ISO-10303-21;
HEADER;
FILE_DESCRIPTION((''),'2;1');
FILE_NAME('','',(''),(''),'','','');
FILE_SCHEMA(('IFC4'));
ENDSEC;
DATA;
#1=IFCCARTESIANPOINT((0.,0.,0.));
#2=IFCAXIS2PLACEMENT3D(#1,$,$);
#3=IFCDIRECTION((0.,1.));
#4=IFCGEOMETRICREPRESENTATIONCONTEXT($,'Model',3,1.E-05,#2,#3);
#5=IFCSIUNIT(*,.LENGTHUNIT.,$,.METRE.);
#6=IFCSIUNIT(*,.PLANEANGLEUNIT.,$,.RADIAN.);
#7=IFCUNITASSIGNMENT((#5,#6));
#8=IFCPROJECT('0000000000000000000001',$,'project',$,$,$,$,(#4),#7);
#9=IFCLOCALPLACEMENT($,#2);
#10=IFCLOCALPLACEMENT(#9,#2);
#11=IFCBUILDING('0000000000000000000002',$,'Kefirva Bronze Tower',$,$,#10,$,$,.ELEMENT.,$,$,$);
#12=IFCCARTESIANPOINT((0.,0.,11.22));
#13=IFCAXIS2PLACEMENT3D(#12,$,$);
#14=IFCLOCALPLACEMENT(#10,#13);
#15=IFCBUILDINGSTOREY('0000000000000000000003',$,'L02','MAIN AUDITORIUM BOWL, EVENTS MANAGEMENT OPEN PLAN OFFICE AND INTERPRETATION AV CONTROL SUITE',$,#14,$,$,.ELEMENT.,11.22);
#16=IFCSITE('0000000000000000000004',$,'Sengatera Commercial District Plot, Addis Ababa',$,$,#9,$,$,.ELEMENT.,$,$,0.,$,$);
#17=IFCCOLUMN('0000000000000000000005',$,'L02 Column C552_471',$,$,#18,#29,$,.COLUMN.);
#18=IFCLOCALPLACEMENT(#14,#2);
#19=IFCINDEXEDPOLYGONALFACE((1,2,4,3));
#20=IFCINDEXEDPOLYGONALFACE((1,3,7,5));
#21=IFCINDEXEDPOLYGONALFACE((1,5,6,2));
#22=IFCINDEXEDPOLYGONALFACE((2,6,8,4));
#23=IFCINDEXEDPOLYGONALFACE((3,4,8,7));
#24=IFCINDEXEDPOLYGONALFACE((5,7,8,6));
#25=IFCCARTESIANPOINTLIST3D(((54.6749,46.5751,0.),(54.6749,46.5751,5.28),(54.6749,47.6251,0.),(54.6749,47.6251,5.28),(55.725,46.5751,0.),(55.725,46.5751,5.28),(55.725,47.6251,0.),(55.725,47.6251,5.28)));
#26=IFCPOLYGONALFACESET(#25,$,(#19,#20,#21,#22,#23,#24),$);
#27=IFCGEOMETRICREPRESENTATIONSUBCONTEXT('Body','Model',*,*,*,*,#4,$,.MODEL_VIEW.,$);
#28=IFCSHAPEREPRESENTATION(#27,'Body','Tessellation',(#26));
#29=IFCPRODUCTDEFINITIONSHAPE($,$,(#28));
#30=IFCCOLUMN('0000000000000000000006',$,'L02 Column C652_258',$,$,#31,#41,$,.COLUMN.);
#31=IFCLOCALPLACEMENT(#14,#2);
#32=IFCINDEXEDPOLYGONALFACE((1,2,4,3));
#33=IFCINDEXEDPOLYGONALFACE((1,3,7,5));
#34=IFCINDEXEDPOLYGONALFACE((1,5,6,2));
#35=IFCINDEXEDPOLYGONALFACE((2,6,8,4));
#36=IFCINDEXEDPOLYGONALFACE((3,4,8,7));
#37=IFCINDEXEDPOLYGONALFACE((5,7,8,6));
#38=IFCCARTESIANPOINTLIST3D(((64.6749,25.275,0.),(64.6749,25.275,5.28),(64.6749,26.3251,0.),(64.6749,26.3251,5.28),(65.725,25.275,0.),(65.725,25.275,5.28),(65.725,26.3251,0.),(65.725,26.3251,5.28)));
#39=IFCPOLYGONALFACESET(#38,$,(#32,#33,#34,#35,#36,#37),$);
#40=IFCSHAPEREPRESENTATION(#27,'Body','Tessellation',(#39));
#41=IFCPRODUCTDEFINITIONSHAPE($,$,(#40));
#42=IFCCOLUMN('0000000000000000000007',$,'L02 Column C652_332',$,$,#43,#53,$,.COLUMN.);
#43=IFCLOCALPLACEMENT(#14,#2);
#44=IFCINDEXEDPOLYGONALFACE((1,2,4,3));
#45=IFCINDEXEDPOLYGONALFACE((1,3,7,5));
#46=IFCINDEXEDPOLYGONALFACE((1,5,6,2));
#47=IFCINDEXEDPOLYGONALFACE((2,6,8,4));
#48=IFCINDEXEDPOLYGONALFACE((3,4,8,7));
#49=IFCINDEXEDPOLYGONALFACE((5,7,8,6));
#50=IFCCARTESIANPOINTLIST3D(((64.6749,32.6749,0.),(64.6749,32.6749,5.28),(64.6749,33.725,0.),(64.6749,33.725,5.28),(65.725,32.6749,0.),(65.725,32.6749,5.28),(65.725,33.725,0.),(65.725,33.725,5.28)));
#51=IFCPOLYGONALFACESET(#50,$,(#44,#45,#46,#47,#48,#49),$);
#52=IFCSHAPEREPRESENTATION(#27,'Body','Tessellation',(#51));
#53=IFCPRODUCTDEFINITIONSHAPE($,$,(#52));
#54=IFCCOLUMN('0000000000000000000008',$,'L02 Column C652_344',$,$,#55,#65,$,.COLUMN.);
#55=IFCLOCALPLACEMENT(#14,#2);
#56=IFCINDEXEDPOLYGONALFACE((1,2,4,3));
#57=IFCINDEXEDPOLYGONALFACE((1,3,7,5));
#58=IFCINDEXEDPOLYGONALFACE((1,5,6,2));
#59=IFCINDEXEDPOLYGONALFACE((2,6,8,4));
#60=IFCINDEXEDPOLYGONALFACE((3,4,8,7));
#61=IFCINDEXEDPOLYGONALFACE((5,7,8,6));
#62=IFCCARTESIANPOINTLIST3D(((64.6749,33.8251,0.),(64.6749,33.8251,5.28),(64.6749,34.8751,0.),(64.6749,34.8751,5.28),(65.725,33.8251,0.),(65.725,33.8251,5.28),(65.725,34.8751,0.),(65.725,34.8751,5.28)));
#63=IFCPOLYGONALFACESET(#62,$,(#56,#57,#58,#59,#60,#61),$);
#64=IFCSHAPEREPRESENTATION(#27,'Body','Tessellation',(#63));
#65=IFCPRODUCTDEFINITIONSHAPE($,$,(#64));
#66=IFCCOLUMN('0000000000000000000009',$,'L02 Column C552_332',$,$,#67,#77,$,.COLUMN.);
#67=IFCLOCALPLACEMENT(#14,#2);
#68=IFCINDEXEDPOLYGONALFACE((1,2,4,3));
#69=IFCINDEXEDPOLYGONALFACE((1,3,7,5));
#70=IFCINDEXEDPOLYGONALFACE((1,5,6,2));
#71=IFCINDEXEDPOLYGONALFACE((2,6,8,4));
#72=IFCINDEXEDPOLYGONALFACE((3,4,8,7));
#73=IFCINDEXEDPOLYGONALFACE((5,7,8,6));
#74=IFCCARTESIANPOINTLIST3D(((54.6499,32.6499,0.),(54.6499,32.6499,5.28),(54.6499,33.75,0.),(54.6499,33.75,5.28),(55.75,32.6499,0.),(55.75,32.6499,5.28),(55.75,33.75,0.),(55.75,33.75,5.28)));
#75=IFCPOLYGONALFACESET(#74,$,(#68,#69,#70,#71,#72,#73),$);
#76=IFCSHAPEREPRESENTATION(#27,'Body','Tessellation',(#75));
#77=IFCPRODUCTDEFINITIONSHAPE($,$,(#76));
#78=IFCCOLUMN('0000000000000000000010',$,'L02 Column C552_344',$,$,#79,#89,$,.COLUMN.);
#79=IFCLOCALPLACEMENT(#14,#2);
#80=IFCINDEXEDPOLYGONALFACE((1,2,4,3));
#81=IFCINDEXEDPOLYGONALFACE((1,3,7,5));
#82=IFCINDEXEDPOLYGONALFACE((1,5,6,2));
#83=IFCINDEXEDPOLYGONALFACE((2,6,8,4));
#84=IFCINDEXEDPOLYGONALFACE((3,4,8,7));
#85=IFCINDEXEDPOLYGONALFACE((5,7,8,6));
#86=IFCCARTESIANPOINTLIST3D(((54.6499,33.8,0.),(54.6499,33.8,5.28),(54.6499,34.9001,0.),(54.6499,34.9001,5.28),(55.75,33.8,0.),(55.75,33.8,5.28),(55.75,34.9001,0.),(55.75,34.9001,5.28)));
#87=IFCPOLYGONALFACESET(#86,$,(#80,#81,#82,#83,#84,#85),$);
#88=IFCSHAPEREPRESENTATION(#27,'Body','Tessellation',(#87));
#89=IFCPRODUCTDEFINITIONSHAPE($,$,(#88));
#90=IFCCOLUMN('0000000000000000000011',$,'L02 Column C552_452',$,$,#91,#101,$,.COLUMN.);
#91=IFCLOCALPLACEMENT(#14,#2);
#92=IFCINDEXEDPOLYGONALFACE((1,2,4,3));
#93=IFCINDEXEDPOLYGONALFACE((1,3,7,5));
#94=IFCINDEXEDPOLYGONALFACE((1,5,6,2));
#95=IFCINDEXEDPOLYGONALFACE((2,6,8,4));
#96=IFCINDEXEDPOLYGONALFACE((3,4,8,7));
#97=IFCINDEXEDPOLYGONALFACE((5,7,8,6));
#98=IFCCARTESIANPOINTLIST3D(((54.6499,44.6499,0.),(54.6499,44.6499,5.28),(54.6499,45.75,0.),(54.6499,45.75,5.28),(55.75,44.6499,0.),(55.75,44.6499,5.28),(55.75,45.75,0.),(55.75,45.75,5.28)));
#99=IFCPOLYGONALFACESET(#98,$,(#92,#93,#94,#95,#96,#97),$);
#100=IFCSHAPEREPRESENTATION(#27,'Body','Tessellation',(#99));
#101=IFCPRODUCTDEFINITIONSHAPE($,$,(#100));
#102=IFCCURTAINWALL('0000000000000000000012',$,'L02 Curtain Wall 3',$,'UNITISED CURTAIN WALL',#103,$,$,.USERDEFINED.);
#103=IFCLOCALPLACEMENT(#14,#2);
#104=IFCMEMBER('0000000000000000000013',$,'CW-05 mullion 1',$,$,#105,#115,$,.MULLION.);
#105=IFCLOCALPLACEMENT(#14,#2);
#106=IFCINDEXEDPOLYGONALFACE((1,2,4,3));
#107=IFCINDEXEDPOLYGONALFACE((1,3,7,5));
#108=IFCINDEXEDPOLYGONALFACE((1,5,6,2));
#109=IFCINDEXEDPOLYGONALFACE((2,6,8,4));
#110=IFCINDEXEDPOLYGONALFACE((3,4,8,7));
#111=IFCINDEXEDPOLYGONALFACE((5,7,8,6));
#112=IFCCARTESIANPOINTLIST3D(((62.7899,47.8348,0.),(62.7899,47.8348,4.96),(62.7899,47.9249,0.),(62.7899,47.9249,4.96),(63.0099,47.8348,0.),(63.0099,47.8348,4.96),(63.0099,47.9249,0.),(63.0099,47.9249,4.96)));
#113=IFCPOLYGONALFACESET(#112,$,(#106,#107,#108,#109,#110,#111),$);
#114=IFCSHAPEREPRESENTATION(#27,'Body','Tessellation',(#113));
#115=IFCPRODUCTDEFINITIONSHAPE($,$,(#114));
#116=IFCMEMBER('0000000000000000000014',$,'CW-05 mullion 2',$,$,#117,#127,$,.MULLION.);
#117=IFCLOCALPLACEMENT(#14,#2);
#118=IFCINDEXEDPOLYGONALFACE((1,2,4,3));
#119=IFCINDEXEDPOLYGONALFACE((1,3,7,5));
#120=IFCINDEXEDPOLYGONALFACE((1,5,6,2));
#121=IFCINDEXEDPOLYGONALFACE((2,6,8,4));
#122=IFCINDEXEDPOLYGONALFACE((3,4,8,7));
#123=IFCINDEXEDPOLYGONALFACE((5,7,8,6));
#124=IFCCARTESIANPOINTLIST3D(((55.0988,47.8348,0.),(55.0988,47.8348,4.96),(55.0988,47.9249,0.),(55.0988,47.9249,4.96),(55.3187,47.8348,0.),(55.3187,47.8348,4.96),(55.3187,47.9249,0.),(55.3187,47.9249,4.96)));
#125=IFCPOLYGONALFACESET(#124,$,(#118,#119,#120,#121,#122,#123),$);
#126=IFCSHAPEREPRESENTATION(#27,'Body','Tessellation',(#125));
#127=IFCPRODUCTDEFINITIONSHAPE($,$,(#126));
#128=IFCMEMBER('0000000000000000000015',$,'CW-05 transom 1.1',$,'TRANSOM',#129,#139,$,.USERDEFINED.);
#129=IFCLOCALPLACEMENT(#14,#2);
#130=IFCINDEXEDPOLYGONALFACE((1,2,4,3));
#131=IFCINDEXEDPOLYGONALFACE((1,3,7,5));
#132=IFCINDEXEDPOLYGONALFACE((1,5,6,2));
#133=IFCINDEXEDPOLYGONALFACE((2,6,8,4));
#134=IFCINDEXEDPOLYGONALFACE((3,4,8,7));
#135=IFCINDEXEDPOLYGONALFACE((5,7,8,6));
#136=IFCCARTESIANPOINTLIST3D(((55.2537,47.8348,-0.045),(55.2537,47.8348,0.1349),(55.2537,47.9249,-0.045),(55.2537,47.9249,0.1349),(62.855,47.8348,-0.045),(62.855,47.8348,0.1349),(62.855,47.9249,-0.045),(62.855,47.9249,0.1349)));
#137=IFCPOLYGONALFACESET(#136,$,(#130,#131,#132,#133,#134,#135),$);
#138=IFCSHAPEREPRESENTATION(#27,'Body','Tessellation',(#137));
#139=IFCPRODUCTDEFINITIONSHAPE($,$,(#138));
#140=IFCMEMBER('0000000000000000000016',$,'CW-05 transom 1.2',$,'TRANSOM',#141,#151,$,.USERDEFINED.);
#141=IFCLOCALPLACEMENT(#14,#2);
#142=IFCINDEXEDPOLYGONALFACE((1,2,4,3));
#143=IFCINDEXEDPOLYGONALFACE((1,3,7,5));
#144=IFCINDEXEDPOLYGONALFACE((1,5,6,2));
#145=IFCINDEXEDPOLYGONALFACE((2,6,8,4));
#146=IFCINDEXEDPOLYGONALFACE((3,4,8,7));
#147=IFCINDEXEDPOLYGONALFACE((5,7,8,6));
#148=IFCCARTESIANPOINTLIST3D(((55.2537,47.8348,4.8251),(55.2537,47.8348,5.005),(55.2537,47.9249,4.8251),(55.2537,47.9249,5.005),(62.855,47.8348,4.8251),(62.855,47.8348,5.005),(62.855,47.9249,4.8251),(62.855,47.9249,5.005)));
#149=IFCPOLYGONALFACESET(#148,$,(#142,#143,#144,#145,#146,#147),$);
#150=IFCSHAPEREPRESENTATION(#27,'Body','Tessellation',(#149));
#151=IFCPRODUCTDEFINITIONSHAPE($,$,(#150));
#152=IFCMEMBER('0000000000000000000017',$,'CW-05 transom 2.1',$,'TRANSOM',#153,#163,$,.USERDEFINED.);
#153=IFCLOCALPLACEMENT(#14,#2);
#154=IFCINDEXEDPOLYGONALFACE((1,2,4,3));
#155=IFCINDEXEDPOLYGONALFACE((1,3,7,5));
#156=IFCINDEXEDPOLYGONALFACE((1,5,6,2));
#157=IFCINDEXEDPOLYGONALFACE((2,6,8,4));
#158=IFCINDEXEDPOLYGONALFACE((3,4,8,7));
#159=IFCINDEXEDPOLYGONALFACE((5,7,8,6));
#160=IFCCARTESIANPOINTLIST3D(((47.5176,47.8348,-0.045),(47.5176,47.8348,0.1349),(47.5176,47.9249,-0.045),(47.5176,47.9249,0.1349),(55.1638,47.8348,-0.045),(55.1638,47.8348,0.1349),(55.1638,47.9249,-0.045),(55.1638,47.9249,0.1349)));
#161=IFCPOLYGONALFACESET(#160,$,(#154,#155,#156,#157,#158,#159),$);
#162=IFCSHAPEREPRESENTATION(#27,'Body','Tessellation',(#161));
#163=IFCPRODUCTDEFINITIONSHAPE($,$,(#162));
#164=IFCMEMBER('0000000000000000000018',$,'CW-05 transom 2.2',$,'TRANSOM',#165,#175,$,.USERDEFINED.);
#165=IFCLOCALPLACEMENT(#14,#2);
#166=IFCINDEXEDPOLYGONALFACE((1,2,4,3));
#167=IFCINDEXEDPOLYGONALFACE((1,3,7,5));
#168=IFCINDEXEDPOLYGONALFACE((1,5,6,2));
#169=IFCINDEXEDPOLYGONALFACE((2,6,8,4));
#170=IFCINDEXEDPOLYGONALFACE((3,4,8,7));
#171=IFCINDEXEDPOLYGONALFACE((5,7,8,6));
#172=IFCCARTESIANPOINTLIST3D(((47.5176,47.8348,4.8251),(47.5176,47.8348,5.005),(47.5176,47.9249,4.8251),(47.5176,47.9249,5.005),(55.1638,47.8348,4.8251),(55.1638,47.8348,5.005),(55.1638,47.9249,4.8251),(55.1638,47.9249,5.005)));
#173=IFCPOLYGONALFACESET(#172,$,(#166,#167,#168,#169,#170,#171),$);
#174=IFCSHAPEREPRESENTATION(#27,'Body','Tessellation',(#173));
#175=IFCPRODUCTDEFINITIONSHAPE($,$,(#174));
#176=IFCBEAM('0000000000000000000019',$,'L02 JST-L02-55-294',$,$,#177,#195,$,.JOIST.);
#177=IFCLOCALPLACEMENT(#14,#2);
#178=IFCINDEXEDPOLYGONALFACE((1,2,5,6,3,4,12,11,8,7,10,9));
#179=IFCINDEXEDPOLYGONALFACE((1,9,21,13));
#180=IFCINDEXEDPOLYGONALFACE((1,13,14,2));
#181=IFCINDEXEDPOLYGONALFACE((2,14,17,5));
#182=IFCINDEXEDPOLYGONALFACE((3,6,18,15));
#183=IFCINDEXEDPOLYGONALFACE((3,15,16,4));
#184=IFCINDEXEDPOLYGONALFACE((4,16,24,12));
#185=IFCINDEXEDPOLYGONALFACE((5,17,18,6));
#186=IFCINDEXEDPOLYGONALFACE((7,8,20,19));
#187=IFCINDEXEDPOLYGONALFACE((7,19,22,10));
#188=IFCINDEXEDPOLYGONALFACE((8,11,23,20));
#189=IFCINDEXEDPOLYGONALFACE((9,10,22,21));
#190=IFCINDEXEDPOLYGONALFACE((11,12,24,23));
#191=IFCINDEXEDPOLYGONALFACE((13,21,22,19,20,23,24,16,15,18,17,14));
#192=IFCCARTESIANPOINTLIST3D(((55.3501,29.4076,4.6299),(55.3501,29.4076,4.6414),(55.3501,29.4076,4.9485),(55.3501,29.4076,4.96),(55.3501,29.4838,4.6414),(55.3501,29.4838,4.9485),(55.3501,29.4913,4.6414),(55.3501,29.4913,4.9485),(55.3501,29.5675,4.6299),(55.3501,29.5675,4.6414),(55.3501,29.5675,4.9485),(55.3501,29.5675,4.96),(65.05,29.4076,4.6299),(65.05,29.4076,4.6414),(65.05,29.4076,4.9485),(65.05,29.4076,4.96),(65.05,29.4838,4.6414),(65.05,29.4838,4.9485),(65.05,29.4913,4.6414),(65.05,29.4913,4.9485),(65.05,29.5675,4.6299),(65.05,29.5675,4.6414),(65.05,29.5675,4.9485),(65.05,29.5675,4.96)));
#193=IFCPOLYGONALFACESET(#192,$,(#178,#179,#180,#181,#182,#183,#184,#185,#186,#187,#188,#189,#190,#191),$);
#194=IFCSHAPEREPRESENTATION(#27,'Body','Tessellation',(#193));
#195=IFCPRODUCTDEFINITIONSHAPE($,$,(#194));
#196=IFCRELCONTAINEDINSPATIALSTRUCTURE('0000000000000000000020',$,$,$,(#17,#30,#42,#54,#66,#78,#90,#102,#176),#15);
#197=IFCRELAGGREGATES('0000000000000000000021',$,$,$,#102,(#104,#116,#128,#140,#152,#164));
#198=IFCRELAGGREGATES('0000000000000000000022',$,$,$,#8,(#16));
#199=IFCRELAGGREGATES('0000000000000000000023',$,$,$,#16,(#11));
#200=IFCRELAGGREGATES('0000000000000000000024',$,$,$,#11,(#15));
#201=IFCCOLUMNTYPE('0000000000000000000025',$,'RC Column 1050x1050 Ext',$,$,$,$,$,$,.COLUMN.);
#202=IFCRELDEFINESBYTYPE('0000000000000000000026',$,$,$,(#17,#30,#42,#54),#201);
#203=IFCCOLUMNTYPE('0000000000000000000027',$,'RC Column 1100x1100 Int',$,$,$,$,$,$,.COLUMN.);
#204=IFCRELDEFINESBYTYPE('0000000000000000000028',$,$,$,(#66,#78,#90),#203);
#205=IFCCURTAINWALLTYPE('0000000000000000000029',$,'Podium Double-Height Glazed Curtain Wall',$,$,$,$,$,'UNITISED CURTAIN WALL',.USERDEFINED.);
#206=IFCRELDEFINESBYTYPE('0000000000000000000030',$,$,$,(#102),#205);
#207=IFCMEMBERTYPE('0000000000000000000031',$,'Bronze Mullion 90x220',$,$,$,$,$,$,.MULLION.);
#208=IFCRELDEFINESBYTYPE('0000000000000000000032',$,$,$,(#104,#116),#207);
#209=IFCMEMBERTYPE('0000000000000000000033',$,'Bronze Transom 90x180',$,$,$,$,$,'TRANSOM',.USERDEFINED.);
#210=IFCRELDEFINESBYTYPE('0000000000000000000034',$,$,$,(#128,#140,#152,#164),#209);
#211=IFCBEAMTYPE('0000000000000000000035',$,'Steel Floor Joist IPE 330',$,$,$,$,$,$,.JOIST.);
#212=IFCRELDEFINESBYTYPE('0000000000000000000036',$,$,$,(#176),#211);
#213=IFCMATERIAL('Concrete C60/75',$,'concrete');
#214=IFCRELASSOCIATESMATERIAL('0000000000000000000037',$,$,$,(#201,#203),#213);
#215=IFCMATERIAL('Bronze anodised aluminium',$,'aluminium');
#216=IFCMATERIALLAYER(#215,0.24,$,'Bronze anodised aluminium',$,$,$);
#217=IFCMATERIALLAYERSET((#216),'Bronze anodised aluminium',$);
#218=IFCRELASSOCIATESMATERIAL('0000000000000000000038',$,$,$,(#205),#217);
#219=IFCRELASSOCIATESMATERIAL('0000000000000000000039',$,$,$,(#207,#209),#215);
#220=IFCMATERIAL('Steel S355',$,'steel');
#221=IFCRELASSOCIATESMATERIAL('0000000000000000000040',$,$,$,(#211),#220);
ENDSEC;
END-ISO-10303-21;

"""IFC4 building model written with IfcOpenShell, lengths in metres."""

from ifc_helpers import new_model, si_unit, direction, frame, origin, origin_2d, place, context, subcontext, project, spatial, rectangle, i_section, extrude, material, layer, layer_set, material_profile, profile_set, type_object, element, aggregate, save


model = new_model("IFC4")

# Units and contexts
model_context = context("Model", 3, precision=1e-05, world=origin(), true_north=direction((0.0, 1.0)))
body_context = subcontext(model_context, "Body", "Model", "MODEL_VIEW")
ifc_project = project(units=[si_unit("LENGTHUNIT", "METRE"), si_unit("PLANEANGLEUNIT", "RADIAN")], contexts=[model_context])

# Site, building, storey
site_placement = place(None, origin())
site = spatial("IfcSite", under=ifc_project, at=site_placement, Name="Sengatera Commercial District Plot, Addis Ababa", CompositionType="ELEMENT", RefElevation=0.0)
building_placement = place(site_placement, origin())
building = spatial("IfcBuilding", under=site, at=building_placement, Name="Kefirva Bronze Tower", CompositionType="ELEMENT")
storey_placement = place(building_placement, frame((0.0, 0.0, 11.22)))
storey = spatial("IfcBuildingStorey", under=building, at=storey_placement, Name="L02", Description="MAIN AUDITORIUM BOWL, EVENTS MANAGEMENT OPEN PLAN OFFICE AND INTERPRETATION AV CONTROL SUITE", CompositionType="ELEMENT", Elevation=11.22)

# Columns
ifc_material_1 = material(Name="Concrete C60/75", Category="concrete")
ifc_material_profile_1 = material_profile(ifc_material_1, rectangle(XDim=1.05, YDim=1.05, at=origin_2d()), Name="RC 1050x1050")
ifc_profile_set_1 = profile_set([ifc_material_profile_1], Name="Concrete C60/75")
column_type_1 = type_object("IfcColumnType", Name="RC Column 1050x1050 Ext", PredefinedType="COLUMN", material=ifc_profile_set_1)
for number, where, z_axis, x_axis, name in (
    (1, (55.2, 47.1001, 0.0), (0.0, 0.0, 1.0), (1.0, 0.0, 0.0), "L02 Column C552_471"),
    (2, (65.2, 25.8, 0.0), (0.0, 0.0, 1.0), (1.0, 0.0, 0.0), "L02 Column C652_258"),
    (3, (65.2, 33.2, 0.0), (0.0, 0.0, 1.0), (1.0, 0.0, 0.0), "L02 Column C652_332"),
    (4, (65.2, 34.3501, 0.0), (0.0, 0.0, 1.0), (1.0, 0.0, 0.0), "L02 Column C652_344"),
):
    element("IfcColumn", number, at=place(storey_placement, frame(where, z_axis=z_axis, x_axis=x_axis)), inside=storey, type_object=column_type_1, Name=name, PredefinedType="COLUMN", context=body_context, shape_type="SweptSolid", body=[
        extrude(rectangle(XDim=1.05, YDim=1.05, at=origin_2d()), origin(), (0.0, 0.0, 1.0), 5.28),
    ])
ifc_material_profile_2 = material_profile(ifc_material_1, rectangle(XDim=1.1001, YDim=1.1001, at=origin_2d()), Name="RC 1100x1100")
ifc_profile_set_2 = profile_set([ifc_material_profile_2], Name="Concrete C60/75")
column_type_2 = type_object("IfcColumnType", Name="RC Column 1100x1100 Int", PredefinedType="COLUMN", material=ifc_profile_set_2)
for number, where, z_axis, x_axis, name in (
    (5, (55.2, 33.2, 0.0), (0.0, 0.0, 1.0), (1.0, 0.0, 0.0), "L02 Column C552_332"),
    (6, (55.2, 34.3501, 0.0), (0.0, 0.0, 1.0), (1.0, 0.0, 0.0), "L02 Column C552_344"),
    (7, (55.2, 45.2, 0.0), (0.0, 0.0, 1.0), (1.0, 0.0, 0.0), "L02 Column C552_452"),
):
    element("IfcColumn", number, at=place(storey_placement, frame(where, z_axis=z_axis, x_axis=x_axis)), inside=storey, type_object=column_type_2, Name=name, PredefinedType="COLUMN", context=body_context, shape_type="SweptSolid", body=[
        extrude(rectangle(XDim=1.1001, YDim=1.1001, at=origin_2d()), origin(), (0.0, 0.0, 1.0), 5.28),
    ])

# Curtain wall, members
ifc_material_2 = material(Name="Bronze anodised aluminium", Category="aluminium")
ifc_layer_1 = layer(ifc_material_2, 0.24, Name="Bronze anodised aluminium")
ifc_layer_set_1 = layer_set([ifc_layer_1], Name="Bronze anodised aluminium")
curtain_wall_type = type_object("IfcCurtainWallType", Name="Podium Double-Height Glazed Curtain Wall", ElementType="UNITISED CURTAIN WALL", PredefinedType="USERDEFINED", material=ifc_layer_set_1)
curtain_wall_placement = place(storey_placement, origin())
curtain_wall = element("IfcCurtainWall", 8, at=curtain_wall_placement, inside=storey, type_object=curtain_wall_type, Name="L02 Curtain Wall 3", ObjectType="UNITISED CURTAIN WALL", PredefinedType="USERDEFINED")
ifc_material_profile_3 = material_profile(ifc_material_2, rectangle(XDim=0.0901, YDim=0.22, at=origin_2d()), Name="ALU 90x220")
ifc_profile_set_3 = profile_set([ifc_material_profile_3], Name="Bronze anodised aluminium")
member_type_1 = type_object("IfcMemberType", Name="Bronze Mullion 90x220", PredefinedType="MULLION", material=ifc_profile_set_3)
member_1_placement = place(storey_placement, frame((62.8999, 47.8799, 0.0), z_axis=(0.0, 0.0, 1.0), x_axis=(0.0, -1.0, 0.0)))
member_1 = element("IfcMember", 9, at=member_1_placement, type_object=member_type_1, Name="CW-05 mullion 1", PredefinedType="MULLION", context=body_context, shape_type="SweptSolid", body=[
    extrude(rectangle(XDim=0.0901, YDim=0.22, at=origin_2d()), origin(), (0.0, 0.0, 1.0), 4.96),
])
member_2_placement = place(storey_placement, frame((55.2087, 47.8799, 0.0), z_axis=(0.0, 0.0, 1.0), x_axis=(0.0, -1.0, 0.0)))
member_2 = element("IfcMember", 10, at=member_2_placement, type_object=member_type_1, Name="CW-05 mullion 2", PredefinedType="MULLION", context=body_context, shape_type="SweptSolid", body=[
    extrude(rectangle(XDim=0.0901, YDim=0.22, at=origin_2d()), origin(), (0.0, 0.0, 1.0), 4.96),
])
ifc_material_profile_4 = material_profile(ifc_material_2, rectangle(XDim=0.0901, YDim=0.1799, at=origin_2d()), Name="ALU 90x180")
ifc_profile_set_4 = profile_set([ifc_material_profile_4], Name="Bronze anodised aluminium")
member_type_2 = type_object("IfcMemberType", Name="Bronze Transom 90x180", ElementType="TRANSOM", PredefinedType="USERDEFINED", material=ifc_profile_set_4)
member_3_placement = place(storey_placement, frame((62.855, 47.8799, 0.0449), z_axis=(-1.0, 0.0, 0.0), x_axis=(0.0, -1.0, 0.0)))
member_3 = element("IfcMember", 11, at=member_3_placement, type_object=member_type_2, Name="CW-05 transom 1.1", ObjectType="TRANSOM", PredefinedType="USERDEFINED", context=body_context, shape_type="SweptSolid", body=[
    extrude(rectangle(XDim=0.0901, YDim=0.1799, at=origin_2d()), origin(), (0.0, 0.0, 1.0), 7.6013),
])
member_4_placement = place(storey_placement, frame((62.855, 47.8799, 4.915), z_axis=(-1.0, 0.0, 0.0), x_axis=(0.0, -1.0, 0.0)))
member_4 = element("IfcMember", 12, at=member_4_placement, type_object=member_type_2, Name="CW-05 transom 1.2", ObjectType="TRANSOM", PredefinedType="USERDEFINED", context=body_context, shape_type="SweptSolid", body=[
    extrude(rectangle(XDim=0.0901, YDim=0.1799, at=origin_2d()), origin(), (0.0, 0.0, 1.0), 7.6013),
])
member_5_placement = place(storey_placement, frame((55.1638, 47.8799, 0.0449), z_axis=(-1.0, 0.0, 0.0), x_axis=(0.0, -1.0, 0.0)))
member_5 = element("IfcMember", 13, at=member_5_placement, type_object=member_type_2, Name="CW-05 transom 2.1", ObjectType="TRANSOM", PredefinedType="USERDEFINED", context=body_context, shape_type="SweptSolid", body=[
    extrude(rectangle(XDim=0.0901, YDim=0.1799, at=origin_2d()), origin(), (0.0, 0.0, 1.0), 7.6462),
])
member_6_placement = place(storey_placement, frame((55.1638, 47.8799, 4.915), z_axis=(-1.0, 0.0, 0.0), x_axis=(0.0, -1.0, 0.0)))
member_6 = element("IfcMember", 14, at=member_6_placement, type_object=member_type_2, Name="CW-05 transom 2.2", ObjectType="TRANSOM", PredefinedType="USERDEFINED", context=body_context, shape_type="SweptSolid", body=[
    extrude(rectangle(XDim=0.0901, YDim=0.1799, at=origin_2d()), origin(), (0.0, 0.0, 1.0), 7.6462),
])

# Beam
ifc_material_3 = material(Name="Steel S355", Category="steel")
ifc_material_profile_5 = material_profile(ifc_material_3, i_section(OverallWidth=0.1599, OverallDepth=0.3301, WebThickness=0.0076, FlangeThickness=0.0115, at=origin_2d()), Name="IPE 330")
ifc_profile_set_5 = profile_set([ifc_material_profile_5], Name="Steel S355")
beam_type_1 = type_object("IfcBeamType", Name="Steel Floor Joist IPE 330", PredefinedType="JOIST", material=ifc_profile_set_5)
beam_1_placement = place(storey_placement, frame((55.3501, 29.4875, 4.7949), z_axis=(1.0, 0.0, 0.0), x_axis=(0.0, 1.0, 0.0)))
element("IfcBeam", 15, at=beam_1_placement, inside=storey, type_object=beam_type_1, Name="L02 JST-L02-55-294", PredefinedType="JOIST", context=body_context, shape_type="SweptSolid", body=[
    extrude(i_section(OverallWidth=0.1599, OverallDepth=0.3301, WebThickness=0.0076, FlangeThickness=0.0115, at=origin_2d()), origin(), (0.0, 0.0, 1.0), 9.7),
])

aggregate(curtain_wall, [member_1, member_2, member_3, member_4, member_5, member_6])

save(model, "model.ifc")
